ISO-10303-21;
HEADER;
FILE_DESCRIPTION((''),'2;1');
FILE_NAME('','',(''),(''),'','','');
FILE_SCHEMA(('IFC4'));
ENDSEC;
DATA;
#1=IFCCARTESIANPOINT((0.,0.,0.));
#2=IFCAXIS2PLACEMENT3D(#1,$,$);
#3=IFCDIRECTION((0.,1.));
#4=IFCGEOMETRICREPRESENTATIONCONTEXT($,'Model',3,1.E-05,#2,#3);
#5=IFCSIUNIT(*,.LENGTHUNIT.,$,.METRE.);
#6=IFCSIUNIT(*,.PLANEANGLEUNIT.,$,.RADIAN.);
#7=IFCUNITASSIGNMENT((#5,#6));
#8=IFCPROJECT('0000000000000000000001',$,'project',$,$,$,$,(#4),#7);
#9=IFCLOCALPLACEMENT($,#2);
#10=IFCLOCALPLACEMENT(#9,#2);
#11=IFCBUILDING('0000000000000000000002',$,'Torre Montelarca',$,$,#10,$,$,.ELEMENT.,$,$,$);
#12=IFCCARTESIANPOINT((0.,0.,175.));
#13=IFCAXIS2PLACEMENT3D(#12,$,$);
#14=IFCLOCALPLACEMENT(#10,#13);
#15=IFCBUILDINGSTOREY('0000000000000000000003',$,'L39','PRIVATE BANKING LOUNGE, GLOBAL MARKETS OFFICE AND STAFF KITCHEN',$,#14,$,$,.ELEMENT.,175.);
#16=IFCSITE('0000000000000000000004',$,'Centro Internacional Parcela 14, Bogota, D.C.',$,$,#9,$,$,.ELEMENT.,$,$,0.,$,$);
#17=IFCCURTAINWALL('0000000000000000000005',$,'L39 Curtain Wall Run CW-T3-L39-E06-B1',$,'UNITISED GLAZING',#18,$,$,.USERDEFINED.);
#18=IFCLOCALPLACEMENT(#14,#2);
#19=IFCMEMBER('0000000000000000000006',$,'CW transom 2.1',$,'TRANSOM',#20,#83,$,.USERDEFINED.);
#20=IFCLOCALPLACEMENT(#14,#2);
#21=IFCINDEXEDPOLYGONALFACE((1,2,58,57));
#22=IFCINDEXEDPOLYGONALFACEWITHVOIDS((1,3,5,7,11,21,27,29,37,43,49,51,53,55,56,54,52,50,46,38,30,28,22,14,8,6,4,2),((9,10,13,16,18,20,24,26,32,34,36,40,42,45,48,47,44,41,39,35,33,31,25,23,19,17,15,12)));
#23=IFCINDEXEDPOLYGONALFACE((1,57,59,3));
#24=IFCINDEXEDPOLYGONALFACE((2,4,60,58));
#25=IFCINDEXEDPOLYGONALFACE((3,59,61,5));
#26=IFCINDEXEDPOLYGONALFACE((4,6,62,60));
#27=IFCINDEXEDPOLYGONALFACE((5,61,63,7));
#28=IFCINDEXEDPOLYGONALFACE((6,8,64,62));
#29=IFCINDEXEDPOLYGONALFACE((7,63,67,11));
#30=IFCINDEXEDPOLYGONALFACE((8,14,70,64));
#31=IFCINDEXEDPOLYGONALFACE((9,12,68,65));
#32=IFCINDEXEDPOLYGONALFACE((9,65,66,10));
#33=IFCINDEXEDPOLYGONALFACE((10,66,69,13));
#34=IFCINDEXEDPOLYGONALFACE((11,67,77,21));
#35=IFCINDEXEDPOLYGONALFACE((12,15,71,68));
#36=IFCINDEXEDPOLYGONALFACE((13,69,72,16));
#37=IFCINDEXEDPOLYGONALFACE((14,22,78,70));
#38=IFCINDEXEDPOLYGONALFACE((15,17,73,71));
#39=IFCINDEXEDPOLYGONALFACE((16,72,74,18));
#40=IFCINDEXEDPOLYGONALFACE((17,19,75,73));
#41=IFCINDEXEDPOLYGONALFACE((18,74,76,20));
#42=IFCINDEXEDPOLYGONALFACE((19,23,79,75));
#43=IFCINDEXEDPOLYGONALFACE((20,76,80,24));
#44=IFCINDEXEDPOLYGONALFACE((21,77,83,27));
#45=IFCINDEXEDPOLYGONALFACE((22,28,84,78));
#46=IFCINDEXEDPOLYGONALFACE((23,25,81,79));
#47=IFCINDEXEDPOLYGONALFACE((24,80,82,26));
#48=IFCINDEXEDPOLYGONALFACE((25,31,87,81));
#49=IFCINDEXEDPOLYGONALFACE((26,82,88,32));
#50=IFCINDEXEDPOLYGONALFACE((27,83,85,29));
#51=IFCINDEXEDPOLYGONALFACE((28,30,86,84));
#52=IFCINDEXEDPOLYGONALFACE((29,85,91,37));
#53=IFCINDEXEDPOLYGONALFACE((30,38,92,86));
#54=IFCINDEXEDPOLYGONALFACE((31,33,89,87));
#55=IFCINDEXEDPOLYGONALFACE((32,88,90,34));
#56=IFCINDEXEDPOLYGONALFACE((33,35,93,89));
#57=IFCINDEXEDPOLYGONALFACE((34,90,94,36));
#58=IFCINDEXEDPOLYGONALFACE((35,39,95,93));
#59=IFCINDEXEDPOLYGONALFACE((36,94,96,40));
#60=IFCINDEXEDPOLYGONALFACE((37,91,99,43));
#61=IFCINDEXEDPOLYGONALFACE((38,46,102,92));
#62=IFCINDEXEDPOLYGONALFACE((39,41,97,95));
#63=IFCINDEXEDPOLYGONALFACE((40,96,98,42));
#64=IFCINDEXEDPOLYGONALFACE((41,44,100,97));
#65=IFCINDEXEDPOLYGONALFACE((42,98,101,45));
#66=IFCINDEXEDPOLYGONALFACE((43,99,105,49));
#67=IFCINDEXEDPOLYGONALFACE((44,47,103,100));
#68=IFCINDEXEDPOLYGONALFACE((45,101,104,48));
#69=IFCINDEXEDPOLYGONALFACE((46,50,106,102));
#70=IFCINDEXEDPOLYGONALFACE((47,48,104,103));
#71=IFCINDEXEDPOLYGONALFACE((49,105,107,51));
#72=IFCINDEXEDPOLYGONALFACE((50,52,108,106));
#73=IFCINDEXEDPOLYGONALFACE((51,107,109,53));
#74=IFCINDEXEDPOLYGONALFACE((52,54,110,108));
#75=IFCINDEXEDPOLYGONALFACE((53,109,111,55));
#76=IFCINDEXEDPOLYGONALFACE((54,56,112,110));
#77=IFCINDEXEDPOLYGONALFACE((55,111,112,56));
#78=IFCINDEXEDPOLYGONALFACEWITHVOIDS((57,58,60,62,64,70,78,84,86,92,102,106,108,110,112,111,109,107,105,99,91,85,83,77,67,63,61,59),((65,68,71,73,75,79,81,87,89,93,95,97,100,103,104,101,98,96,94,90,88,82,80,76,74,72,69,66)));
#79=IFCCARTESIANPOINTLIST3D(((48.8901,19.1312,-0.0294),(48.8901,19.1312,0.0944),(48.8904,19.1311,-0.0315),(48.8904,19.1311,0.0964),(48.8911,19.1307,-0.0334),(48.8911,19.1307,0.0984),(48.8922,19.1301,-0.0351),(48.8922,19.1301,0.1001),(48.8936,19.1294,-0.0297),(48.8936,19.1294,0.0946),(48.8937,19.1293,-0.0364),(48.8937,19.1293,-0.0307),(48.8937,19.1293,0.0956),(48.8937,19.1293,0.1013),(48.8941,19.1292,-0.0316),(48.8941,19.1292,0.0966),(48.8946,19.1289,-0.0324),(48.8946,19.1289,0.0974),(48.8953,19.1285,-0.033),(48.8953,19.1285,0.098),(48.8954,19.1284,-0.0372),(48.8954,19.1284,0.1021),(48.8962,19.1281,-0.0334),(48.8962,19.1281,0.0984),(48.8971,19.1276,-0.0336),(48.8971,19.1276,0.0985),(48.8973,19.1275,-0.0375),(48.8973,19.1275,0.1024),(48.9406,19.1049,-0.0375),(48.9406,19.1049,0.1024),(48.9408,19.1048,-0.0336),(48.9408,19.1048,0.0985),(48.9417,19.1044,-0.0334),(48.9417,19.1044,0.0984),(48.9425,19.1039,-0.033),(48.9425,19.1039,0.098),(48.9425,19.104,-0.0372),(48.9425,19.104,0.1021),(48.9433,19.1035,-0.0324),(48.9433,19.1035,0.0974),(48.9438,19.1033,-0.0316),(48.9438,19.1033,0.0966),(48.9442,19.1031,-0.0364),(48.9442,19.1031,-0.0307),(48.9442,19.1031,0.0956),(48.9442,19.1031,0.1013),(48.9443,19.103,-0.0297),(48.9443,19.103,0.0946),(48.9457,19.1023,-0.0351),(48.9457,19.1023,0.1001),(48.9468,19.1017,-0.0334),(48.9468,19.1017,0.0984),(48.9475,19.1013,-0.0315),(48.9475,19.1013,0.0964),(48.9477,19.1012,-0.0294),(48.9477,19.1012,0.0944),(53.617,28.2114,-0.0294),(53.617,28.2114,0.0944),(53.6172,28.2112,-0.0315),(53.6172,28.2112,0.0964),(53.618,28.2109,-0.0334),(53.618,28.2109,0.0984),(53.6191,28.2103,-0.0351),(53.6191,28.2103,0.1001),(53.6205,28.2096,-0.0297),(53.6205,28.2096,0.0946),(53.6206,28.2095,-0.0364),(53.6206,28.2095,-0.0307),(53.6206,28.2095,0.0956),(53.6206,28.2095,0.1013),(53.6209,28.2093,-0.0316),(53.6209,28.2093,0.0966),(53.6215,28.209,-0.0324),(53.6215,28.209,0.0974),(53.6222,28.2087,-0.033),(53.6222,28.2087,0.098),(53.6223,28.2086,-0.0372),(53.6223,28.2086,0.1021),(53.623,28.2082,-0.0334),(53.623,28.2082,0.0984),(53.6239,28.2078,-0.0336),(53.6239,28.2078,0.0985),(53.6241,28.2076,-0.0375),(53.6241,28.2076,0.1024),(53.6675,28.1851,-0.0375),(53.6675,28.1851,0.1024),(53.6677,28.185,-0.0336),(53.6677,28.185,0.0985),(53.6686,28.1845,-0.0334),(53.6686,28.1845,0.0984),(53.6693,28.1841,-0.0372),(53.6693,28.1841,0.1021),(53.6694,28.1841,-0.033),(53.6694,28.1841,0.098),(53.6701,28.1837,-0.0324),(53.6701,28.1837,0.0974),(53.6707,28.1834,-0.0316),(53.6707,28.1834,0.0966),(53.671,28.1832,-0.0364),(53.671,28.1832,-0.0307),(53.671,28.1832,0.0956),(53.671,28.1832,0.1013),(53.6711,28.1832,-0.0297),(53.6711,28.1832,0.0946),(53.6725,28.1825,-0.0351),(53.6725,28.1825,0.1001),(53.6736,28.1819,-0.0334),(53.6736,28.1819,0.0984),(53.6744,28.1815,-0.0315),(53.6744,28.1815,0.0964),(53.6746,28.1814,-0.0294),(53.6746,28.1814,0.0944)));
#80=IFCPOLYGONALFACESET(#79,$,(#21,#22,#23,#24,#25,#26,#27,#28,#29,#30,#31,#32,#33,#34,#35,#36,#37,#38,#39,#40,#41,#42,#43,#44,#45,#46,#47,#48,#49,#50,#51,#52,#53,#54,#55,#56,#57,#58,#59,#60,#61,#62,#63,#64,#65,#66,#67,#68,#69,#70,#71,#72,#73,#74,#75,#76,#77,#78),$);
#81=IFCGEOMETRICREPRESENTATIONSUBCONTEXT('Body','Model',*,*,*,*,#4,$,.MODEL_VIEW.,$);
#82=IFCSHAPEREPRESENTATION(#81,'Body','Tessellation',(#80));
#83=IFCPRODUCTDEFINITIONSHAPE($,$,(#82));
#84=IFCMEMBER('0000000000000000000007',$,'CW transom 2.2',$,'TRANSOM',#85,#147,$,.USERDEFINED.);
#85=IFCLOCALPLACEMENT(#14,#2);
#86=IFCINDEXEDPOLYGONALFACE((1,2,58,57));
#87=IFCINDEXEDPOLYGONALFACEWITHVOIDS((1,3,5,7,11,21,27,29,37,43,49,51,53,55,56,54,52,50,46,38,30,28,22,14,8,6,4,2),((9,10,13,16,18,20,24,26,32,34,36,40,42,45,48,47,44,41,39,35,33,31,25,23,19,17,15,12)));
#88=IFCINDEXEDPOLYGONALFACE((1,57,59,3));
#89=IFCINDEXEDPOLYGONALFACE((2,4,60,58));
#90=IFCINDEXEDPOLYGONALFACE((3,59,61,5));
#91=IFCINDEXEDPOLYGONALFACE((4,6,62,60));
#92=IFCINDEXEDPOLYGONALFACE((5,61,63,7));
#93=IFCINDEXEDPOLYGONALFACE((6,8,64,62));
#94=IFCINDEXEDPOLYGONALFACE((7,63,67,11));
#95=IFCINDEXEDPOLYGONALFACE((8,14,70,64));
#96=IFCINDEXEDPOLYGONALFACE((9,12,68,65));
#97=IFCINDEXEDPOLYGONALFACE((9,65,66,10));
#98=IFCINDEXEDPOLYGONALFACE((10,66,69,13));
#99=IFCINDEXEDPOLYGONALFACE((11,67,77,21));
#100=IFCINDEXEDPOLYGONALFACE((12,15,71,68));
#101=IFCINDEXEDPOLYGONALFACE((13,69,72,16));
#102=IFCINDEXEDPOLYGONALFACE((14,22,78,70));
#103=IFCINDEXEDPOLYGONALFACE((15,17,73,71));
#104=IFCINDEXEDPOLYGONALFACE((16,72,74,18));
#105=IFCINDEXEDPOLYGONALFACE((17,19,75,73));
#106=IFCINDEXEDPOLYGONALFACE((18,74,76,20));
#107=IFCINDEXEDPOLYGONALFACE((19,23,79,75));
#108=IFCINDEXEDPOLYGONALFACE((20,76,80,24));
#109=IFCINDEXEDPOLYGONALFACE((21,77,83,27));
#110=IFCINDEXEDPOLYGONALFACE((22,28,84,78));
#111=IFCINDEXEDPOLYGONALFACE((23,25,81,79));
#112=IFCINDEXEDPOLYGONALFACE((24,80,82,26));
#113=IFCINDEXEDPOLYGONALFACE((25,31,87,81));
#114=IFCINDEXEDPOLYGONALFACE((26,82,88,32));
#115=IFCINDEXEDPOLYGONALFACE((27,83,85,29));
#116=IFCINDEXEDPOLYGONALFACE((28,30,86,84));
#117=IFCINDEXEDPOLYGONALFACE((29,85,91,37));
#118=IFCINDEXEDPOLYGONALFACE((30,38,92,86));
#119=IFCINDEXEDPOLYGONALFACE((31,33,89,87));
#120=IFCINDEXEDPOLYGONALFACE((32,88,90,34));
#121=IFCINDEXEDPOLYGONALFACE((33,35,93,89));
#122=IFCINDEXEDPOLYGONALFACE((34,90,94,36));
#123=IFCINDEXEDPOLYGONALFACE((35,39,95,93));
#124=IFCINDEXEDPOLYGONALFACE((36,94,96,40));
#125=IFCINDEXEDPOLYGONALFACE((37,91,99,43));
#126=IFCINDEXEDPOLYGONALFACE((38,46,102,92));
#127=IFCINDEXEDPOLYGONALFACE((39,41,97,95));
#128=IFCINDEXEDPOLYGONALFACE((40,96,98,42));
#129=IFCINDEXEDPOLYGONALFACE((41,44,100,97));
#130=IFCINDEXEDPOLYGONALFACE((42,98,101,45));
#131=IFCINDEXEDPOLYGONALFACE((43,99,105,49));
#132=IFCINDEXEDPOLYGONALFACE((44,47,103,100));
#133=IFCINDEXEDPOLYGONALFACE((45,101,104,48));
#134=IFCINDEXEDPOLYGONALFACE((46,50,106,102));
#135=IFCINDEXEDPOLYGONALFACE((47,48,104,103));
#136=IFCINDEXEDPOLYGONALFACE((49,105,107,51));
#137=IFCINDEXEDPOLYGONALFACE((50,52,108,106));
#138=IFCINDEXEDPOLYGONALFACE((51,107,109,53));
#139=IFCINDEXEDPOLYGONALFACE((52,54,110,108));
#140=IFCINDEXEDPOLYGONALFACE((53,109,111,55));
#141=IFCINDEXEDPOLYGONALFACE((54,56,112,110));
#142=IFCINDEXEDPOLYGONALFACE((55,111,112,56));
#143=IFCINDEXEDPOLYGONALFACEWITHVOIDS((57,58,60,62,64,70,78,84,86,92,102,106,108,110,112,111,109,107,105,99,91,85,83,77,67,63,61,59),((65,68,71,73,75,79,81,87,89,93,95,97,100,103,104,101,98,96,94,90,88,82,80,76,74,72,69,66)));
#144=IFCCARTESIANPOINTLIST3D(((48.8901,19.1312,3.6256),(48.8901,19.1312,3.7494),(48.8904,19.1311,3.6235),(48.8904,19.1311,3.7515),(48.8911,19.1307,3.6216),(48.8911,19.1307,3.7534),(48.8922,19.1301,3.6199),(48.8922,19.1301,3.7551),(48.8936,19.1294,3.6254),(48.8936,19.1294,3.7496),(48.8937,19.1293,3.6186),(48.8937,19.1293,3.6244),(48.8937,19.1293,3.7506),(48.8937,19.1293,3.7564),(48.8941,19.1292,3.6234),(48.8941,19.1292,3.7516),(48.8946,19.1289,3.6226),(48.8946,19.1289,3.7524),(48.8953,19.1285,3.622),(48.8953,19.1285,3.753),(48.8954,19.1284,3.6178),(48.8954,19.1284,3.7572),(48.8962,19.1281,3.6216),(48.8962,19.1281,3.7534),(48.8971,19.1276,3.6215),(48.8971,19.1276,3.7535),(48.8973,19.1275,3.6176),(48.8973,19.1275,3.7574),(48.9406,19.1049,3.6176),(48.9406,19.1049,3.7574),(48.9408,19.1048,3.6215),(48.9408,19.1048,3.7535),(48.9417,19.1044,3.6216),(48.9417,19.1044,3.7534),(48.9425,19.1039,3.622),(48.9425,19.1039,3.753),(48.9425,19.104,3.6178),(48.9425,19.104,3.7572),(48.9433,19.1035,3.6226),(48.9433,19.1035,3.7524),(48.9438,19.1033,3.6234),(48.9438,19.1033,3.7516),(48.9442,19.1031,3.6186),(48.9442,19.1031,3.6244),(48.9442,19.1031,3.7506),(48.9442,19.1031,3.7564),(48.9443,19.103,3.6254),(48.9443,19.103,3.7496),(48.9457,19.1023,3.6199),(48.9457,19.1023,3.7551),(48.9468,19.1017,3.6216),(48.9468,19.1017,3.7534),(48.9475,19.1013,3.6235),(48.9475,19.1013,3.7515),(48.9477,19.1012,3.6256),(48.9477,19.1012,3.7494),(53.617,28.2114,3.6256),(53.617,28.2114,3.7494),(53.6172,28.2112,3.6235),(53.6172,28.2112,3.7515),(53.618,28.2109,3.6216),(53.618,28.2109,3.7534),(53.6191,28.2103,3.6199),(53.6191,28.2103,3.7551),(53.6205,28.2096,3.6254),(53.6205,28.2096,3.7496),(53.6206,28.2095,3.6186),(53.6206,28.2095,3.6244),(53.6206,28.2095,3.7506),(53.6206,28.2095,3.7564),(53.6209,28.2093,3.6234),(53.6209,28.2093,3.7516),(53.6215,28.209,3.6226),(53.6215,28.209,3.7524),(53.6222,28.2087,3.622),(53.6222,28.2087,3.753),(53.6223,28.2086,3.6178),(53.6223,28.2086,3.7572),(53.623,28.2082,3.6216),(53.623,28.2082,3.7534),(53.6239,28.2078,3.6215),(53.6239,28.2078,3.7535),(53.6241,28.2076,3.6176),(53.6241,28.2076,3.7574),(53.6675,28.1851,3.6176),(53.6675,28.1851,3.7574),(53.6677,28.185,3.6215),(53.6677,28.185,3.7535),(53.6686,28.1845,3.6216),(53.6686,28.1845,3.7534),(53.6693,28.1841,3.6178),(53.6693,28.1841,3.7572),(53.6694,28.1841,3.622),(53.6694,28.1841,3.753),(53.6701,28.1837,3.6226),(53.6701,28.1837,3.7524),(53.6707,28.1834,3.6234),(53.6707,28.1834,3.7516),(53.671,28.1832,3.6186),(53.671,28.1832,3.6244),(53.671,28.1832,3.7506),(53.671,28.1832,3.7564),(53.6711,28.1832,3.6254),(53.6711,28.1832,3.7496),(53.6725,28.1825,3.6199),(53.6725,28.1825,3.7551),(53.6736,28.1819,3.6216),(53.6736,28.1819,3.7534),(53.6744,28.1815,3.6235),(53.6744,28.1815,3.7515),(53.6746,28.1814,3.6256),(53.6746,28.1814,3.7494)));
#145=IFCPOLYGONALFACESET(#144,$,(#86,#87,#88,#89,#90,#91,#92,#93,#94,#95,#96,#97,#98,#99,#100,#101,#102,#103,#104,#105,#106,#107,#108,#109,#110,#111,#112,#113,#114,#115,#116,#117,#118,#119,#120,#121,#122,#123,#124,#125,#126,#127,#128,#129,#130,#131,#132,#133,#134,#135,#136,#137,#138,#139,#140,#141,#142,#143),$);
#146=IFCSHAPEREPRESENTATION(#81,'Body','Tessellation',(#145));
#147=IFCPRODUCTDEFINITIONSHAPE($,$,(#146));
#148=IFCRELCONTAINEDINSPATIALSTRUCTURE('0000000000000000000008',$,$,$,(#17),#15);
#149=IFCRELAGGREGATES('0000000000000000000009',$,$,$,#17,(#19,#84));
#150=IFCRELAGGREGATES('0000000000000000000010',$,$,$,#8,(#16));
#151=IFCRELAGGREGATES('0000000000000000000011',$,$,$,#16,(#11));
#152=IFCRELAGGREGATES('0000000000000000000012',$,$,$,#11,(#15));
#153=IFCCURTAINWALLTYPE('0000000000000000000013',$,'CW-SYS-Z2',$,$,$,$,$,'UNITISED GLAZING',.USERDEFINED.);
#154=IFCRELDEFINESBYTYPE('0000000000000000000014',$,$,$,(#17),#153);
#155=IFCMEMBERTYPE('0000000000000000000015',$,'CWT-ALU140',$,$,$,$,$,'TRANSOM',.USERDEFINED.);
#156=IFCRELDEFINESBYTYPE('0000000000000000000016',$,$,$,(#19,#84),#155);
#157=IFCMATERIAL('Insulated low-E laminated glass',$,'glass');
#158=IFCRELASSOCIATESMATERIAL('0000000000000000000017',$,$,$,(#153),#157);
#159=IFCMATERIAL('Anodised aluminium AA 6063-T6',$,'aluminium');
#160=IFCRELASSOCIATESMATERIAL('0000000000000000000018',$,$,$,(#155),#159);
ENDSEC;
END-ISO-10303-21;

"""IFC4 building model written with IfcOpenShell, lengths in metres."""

from ifc_helpers import new_model, si_unit, direction, frame, origin, origin_2d, place, context, subcontext, project, spatial, hollow_rectangle, extrude, source, transform, mapped, material, material_profile, profile_set, type_object, element, aggregate, save


model = new_model("IFC4")

# Units and contexts
model_context = context("Model", 3, precision=1e-05, world=origin(), true_north=direction((0.0, 1.0)))
body_context = subcontext(model_context, "Body", "Model", "MODEL_VIEW")
ifc_project = project(units=[si_unit("LENGTHUNIT", "METRE"), si_unit("PLANEANGLEUNIT", "RADIAN")], contexts=[model_context])

# Site, building, storey
site_placement = place(None, origin())
site = spatial("IfcSite", under=ifc_project, at=site_placement, Name="Centro Internacional Parcela 14, Bogota, D.C.", CompositionType="ELEMENT", RefElevation=0.0)
building_placement = place(site_placement, origin())
building = spatial("IfcBuilding", under=site, at=building_placement, Name="Torre Montelarca", CompositionType="ELEMENT")
storey_placement = place(building_placement, frame((0.0, 0.0, 175.0)))
storey = spatial("IfcBuildingStorey", under=building, at=storey_placement, Name="L39", Description="PRIVATE BANKING LOUNGE, GLOBAL MARKETS OFFICE AND STAFF KITCHEN", CompositionType="ELEMENT", Elevation=175.0)

# Curtain wall, members
ifc_material_1 = material(Name="Insulated low-E laminated glass", Category="glass")
curtain_wall_type = type_object("IfcCurtainWallType", Name="CW-SYS-Z2", ElementType="UNITISED GLAZING", PredefinedType="USERDEFINED", material=ifc_material_1)
ifc_material_2 = material(Name="Anodised aluminium AA 6063-T6", Category="aluminium")
ifc_material_profile_1 = material_profile(ifc_material_2, hollow_rectangle(XDim=0.0649, YDim=0.1399, WallThickness=0.0039, InnerFilletRadius=0.0039, OuterFilletRadius=0.0081, at=origin_2d()), Name="ALU65X140X4", Category="aluminium")
ifc_profile_set_1 = profile_set([ifc_material_profile_1], Name="Anodised aluminium AA 6063-T6")
member_type_1 = type_object("IfcMemberType", Name="CWT-ALU140", ElementType="TRANSOM", PredefinedType="USERDEFINED", material=ifc_profile_set_1)
curtain_wall_1_placement = place(storey_placement, origin())
curtain_wall_1 = element("IfcCurtainWall", 1, at=curtain_wall_1_placement, inside=storey, type_object=curtain_wall_type, Name="L39 Curtain Wall Run CW-T3-L39-E06-B1", ObjectType="UNITISED GLAZING", PredefinedType="USERDEFINED")
shared_shape_1 = source(origin(), body_context, "Body", "SweptSolid", [
    extrude(hollow_rectangle(XDim=0.0649, YDim=0.1399, WallThickness=0.0039, InnerFilletRadius=0.0039, OuterFilletRadius=0.0081, at=origin_2d()), origin(), (0.0, 0.0, 1.0), 10.2368),
])
member_1_placement = place(storey_placement, frame((48.9189, 19.1162, 0.0325), z_axis=(0.46175, 0.88701, 0.0), x_axis=(-0.88701, 0.46175, 0.0)))
member_1 = element("IfcMember", 2, at=member_1_placement, type_object=member_type_1, Name="CW transom 2.1", ObjectType="TRANSOM", PredefinedType="USERDEFINED", context=body_context, shape_type="MappedRepresentation", body=[
    mapped(shared_shape_1, transform((0.0, 0.0, 0.0), scale=1.0)),
])
member_2_placement = place(storey_placement, frame((48.9189, 19.1162, 3.6875), z_axis=(0.46175, 0.88701, 0.0), x_axis=(-0.88701, 0.46175, 0.0)))
member_2 = element("IfcMember", 3, at=member_2_placement, type_object=member_type_1, Name="CW transom 2.2", ObjectType="TRANSOM", PredefinedType="USERDEFINED", context=body_context, shape_type="MappedRepresentation", body=[
    mapped(shared_shape_1, transform((0.0, 0.0, 0.0), scale=1.0)),
])

aggregate(curtain_wall_1, [member_1, member_2])

save(model, "model.ifc")
